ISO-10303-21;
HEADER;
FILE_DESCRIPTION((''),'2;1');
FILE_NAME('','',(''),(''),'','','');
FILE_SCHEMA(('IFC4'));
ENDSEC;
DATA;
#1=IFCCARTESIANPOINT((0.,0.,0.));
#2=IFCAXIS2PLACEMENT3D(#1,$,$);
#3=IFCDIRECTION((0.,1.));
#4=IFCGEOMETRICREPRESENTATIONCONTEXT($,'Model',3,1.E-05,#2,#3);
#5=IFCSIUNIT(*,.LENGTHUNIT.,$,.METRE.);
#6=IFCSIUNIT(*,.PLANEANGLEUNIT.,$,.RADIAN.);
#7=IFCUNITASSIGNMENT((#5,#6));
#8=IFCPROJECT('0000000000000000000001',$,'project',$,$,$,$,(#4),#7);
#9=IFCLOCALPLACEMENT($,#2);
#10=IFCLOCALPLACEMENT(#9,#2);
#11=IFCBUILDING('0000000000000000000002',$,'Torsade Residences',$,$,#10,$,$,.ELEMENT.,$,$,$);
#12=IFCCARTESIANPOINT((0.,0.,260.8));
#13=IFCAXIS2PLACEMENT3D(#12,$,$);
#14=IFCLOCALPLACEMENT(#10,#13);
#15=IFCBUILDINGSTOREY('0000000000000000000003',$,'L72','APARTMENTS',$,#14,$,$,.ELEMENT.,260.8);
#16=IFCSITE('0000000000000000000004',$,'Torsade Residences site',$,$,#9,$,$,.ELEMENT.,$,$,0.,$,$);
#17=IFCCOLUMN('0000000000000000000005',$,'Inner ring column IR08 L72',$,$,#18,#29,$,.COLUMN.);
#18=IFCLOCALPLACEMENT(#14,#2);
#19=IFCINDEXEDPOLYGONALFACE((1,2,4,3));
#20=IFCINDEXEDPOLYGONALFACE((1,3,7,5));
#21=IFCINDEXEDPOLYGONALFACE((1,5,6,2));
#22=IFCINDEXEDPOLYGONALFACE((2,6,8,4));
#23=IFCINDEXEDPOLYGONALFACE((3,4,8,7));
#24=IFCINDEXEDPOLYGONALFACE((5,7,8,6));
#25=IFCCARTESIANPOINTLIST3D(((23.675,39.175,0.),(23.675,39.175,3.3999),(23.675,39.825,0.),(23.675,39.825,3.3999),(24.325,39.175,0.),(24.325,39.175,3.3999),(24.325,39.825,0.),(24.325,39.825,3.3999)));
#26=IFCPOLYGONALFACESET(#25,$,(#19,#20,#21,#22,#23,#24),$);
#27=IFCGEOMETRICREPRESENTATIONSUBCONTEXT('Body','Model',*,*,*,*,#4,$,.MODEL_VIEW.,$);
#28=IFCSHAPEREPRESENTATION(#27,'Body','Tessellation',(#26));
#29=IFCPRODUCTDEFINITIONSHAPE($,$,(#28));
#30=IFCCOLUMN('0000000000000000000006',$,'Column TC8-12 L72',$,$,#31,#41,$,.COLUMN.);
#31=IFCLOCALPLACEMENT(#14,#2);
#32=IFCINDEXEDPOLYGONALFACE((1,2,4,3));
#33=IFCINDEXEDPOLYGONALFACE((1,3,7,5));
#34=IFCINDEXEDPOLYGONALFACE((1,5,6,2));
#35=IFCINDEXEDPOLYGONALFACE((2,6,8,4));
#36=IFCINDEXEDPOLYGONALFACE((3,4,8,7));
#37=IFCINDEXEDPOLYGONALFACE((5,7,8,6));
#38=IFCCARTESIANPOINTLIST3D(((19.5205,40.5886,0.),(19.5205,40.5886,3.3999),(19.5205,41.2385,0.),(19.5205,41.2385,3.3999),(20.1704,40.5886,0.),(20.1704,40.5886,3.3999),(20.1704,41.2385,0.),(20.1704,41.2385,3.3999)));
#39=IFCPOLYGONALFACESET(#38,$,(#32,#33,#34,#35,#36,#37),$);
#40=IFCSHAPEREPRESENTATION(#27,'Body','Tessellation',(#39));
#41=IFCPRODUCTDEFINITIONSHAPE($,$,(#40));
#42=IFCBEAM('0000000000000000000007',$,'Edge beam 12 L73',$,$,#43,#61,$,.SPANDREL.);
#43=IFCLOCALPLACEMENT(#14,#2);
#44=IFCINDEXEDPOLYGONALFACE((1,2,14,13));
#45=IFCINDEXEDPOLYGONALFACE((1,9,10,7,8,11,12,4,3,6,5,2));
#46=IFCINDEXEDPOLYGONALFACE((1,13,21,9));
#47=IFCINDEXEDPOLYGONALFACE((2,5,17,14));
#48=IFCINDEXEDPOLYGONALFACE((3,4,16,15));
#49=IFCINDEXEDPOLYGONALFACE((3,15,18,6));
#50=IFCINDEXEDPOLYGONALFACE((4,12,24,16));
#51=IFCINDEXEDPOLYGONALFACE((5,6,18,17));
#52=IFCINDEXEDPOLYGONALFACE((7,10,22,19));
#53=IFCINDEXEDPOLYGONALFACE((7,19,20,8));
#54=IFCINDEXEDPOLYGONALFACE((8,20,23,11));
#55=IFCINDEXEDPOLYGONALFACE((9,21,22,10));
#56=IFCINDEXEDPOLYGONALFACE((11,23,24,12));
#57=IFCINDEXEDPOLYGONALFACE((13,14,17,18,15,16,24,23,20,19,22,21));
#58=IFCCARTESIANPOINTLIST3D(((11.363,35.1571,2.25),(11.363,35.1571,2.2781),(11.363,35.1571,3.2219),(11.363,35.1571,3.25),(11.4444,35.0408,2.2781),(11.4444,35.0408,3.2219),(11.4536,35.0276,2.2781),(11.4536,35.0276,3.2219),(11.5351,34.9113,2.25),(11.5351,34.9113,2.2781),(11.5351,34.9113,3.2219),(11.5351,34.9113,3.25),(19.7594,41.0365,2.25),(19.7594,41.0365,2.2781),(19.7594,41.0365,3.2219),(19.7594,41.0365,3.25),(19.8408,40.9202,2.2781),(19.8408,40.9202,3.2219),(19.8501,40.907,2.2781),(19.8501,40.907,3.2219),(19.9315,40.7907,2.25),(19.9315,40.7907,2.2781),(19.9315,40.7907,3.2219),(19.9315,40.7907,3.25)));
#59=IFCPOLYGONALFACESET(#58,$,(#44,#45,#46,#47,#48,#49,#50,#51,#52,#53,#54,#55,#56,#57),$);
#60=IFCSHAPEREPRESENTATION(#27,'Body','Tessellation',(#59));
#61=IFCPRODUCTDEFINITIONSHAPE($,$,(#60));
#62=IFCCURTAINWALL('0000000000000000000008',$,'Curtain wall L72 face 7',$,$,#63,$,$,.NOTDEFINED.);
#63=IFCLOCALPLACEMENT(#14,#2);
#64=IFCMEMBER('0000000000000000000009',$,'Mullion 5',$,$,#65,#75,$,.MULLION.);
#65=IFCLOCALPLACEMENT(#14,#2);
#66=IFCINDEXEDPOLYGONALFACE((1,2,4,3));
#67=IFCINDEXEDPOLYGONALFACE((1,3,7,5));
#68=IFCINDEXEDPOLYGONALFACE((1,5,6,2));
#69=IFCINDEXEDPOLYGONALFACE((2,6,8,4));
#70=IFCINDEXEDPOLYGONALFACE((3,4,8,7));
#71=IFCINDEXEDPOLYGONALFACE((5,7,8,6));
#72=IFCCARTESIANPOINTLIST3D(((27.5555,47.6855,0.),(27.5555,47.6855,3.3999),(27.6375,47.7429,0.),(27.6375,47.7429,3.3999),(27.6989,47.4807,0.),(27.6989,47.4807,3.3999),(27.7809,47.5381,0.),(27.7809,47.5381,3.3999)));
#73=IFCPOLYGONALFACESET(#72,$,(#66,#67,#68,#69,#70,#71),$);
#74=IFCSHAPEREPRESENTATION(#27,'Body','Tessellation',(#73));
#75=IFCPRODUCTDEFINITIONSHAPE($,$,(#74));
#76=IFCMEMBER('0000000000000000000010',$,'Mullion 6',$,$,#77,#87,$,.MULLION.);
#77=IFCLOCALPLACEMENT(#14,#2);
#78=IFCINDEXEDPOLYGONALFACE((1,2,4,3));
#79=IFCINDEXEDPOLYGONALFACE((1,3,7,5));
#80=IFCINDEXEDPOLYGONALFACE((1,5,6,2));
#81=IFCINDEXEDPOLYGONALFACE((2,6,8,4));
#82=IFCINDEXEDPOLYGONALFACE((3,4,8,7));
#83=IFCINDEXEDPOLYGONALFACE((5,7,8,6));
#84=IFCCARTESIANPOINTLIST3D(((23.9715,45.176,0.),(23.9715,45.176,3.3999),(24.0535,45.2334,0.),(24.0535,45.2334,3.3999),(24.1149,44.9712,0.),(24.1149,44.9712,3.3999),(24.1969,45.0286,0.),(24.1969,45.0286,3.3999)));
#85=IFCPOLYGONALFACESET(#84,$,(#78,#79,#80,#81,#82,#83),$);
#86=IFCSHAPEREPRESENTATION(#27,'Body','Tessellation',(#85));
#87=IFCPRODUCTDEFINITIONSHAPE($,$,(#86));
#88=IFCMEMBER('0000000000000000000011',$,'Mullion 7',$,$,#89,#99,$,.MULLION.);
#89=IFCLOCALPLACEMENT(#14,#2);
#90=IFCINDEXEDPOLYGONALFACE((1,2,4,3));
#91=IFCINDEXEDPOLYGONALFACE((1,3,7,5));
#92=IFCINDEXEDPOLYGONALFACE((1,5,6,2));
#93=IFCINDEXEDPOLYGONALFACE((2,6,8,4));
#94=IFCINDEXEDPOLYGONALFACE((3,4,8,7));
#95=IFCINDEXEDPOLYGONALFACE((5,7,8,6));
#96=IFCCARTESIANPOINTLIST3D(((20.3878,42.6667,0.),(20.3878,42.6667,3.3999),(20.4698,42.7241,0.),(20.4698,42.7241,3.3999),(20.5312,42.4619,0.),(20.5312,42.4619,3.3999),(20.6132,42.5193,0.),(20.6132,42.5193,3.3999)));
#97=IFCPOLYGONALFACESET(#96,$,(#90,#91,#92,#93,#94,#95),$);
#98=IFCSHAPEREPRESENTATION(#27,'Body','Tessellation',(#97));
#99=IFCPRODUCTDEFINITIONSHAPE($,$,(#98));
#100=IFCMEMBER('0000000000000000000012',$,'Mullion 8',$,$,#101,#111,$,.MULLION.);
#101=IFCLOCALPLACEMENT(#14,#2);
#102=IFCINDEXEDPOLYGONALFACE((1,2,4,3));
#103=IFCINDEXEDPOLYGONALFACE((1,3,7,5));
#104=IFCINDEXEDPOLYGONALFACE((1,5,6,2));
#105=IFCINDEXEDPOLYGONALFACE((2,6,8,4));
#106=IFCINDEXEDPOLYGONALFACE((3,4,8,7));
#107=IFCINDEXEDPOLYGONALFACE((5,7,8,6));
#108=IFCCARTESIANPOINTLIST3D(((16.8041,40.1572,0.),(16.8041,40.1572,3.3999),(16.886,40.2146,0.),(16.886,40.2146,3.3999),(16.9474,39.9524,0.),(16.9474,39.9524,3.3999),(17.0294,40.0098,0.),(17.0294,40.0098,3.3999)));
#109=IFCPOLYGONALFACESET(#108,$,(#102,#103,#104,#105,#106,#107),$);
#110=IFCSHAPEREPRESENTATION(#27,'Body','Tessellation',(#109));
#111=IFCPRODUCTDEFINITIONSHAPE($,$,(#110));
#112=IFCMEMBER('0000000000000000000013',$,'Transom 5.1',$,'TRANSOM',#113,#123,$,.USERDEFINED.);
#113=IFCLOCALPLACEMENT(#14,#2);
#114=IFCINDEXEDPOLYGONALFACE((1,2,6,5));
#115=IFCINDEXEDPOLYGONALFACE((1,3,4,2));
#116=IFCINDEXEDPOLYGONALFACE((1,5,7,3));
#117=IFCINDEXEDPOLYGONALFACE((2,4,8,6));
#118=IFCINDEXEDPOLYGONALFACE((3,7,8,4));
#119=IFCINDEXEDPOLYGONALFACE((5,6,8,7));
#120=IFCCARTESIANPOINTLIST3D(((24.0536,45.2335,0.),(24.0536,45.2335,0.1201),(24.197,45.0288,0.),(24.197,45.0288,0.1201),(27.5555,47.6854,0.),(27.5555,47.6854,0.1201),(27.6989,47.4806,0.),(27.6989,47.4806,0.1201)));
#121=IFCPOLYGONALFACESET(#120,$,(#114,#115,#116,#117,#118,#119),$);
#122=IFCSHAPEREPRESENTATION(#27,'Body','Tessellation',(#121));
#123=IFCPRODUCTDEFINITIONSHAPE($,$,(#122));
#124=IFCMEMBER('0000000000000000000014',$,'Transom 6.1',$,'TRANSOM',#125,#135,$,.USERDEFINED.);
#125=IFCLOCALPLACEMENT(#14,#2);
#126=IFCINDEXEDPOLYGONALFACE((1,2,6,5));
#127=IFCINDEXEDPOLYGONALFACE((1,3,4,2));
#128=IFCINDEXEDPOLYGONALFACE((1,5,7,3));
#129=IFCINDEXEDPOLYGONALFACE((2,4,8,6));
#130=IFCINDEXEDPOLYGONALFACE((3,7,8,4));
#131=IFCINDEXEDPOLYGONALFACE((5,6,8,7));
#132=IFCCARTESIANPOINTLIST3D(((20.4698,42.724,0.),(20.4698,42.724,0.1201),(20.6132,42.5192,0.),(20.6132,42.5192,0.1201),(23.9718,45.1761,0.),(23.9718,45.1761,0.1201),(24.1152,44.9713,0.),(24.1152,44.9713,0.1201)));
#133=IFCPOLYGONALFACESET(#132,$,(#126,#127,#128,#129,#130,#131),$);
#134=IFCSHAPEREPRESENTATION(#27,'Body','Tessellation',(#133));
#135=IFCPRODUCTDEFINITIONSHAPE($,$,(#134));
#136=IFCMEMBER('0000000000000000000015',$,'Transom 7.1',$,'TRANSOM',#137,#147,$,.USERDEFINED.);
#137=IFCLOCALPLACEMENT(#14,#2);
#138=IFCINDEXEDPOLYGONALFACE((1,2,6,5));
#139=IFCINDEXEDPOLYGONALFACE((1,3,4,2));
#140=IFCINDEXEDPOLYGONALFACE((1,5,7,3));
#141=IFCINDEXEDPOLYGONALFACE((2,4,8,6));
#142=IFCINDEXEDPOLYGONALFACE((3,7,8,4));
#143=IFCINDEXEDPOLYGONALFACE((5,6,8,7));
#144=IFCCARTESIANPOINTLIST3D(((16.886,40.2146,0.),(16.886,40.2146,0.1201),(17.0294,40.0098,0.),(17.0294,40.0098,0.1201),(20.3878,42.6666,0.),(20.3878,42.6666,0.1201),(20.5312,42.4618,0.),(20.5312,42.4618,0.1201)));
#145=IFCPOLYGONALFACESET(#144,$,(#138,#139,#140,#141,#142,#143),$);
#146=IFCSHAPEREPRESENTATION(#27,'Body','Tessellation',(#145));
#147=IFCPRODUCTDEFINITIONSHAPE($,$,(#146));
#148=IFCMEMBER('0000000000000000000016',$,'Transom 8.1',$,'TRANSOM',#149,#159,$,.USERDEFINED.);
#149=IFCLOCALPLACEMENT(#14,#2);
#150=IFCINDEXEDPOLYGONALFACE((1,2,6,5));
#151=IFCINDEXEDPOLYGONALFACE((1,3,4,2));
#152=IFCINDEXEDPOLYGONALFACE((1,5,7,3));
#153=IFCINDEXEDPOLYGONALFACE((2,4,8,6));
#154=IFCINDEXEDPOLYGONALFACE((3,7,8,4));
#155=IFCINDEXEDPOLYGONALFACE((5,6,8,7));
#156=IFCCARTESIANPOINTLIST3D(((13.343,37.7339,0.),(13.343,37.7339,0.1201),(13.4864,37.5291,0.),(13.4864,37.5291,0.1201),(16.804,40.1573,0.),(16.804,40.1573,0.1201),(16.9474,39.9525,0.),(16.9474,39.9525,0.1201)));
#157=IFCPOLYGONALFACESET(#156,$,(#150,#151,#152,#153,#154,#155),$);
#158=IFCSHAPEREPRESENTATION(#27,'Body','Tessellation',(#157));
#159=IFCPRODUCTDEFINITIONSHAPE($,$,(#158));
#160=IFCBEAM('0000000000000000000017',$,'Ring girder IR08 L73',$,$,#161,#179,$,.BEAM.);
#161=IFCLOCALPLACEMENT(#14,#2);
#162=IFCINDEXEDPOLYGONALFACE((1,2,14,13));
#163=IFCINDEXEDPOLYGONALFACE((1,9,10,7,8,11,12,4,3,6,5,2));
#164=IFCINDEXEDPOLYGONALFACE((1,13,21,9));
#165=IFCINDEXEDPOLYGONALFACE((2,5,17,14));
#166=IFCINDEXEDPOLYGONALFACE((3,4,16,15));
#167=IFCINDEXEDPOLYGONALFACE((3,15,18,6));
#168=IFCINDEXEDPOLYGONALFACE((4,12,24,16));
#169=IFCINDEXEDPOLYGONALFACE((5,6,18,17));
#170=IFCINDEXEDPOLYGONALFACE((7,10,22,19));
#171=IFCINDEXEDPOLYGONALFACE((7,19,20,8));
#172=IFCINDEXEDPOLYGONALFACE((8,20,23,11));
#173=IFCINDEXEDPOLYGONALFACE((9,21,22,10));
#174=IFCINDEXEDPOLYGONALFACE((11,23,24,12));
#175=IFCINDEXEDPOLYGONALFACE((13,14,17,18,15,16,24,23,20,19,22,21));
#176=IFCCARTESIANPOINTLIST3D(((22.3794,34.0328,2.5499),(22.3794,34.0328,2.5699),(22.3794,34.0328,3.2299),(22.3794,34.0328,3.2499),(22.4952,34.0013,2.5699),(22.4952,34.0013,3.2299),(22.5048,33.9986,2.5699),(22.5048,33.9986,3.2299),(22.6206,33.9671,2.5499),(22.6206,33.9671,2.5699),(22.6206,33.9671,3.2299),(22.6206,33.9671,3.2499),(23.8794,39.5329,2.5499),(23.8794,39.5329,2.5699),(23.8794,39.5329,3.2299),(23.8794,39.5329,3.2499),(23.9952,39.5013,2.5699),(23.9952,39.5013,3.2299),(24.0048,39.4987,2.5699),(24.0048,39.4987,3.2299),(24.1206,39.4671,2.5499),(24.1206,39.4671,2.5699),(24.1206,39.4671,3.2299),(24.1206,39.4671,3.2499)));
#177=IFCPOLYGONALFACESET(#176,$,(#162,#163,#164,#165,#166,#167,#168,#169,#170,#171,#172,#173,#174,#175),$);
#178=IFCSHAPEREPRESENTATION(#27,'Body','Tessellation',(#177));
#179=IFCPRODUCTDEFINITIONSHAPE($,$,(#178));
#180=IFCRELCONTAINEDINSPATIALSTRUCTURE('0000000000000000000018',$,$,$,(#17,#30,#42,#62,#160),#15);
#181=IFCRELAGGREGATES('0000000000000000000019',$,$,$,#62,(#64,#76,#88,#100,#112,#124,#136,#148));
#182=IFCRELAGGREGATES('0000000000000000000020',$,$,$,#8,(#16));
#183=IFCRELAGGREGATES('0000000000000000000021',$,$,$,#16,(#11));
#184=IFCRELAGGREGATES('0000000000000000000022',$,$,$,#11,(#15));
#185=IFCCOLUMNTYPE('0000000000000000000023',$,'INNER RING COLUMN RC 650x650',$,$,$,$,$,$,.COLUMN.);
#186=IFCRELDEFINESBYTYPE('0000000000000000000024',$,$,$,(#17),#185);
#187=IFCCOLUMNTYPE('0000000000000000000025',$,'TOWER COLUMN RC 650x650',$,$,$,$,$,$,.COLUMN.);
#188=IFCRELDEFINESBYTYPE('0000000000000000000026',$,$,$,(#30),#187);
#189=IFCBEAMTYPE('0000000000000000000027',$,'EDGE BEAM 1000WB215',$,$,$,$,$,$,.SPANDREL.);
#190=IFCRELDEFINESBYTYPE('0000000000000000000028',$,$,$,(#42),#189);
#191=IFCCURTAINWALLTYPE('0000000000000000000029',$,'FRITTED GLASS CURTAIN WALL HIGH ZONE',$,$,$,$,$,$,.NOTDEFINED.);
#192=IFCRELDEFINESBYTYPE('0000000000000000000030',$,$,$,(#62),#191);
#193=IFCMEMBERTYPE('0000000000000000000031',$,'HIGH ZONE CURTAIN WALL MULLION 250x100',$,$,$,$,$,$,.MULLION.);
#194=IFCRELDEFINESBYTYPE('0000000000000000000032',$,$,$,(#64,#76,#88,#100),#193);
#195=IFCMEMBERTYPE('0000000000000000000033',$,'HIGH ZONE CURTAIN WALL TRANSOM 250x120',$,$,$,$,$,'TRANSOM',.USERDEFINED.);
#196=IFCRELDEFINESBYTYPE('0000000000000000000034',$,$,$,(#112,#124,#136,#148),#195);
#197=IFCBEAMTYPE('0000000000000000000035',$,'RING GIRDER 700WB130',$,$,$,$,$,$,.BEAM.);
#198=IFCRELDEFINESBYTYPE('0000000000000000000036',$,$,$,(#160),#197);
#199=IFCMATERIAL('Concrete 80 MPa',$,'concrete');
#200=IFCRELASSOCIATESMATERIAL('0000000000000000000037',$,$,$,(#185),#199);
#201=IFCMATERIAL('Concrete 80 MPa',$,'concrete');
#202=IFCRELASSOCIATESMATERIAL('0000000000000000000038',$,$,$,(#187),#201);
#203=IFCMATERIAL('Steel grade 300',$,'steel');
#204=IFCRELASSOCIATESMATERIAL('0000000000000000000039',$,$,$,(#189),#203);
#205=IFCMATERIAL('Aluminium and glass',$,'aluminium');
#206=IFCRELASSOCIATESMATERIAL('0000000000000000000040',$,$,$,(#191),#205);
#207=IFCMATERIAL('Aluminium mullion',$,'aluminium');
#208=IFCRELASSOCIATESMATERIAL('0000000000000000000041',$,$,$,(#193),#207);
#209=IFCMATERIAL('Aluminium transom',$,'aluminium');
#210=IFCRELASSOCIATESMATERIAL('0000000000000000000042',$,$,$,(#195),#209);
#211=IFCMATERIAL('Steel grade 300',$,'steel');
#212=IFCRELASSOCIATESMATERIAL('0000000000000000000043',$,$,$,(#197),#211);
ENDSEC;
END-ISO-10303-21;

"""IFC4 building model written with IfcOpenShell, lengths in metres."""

from ifc_helpers import new_model, si_unit, direction, frame, origin, origin_2d, place, context, subcontext, project, spatial, rectangle, i_section, extrude, material, material_profile, profile_set, type_object, element, aggregate, save


model = new_model("IFC4")

# Units and contexts
model_context = context("Model", 3, precision=1e-05, world=origin(), true_north=direction((0.0, 1.0)))
body_context = subcontext(model_context, "Body", "Model", "MODEL_VIEW")
ifc_project = project(units=[si_unit("LENGTHUNIT", "METRE"), si_unit("PLANEANGLEUNIT", "RADIAN")], contexts=[model_context])

# Site, building, storey
site_placement = place(None, origin())
site = spatial("IfcSite", under=ifc_project, at=site_placement, Name="Torsade Residences site", CompositionType="ELEMENT", RefElevation=0.0)
building_placement = place(site_placement, origin())
building = spatial("IfcBuilding", under=site, at=building_placement, Name="Torsade Residences", CompositionType="ELEMENT")
storey_placement = place(building_placement, frame((0.0, 0.0, 260.8)))
storey = spatial("IfcBuildingStorey", under=building, at=storey_placement, Name="L72", Description="APARTMENTS", CompositionType="ELEMENT", Elevation=260.8)

# Columns
ifc_material_1 = material(Name="Concrete 80 MPa", Category="concrete")
ifc_material_profile_1 = material_profile(ifc_material_1, rectangle(XDim=0.6499, YDim=0.6499, at=origin_2d()), Name="RC 650x650")
ifc_profile_set_1 = profile_set([ifc_material_profile_1], Name="Concrete 80 MPa")
column_type_1 = type_object("IfcColumnType", Name="INNER RING COLUMN RC 650x650", PredefinedType="COLUMN", material=ifc_profile_set_1)
column_1_placement = place(storey_placement, frame((24.0, 39.5, 0.0), z_axis=(0.0, 0.0, 1.0), x_axis=(1.0, 0.0, 0.0)))
element("IfcColumn", 1, at=column_1_placement, inside=storey, type_object=column_type_1, Name="Inner ring column IR08 L72", PredefinedType="COLUMN", context=body_context, shape_type="SweptSolid", body=[
    extrude(rectangle(XDim=0.6499, YDim=0.6499, at=origin_2d()), origin(), (0.0, 0.0, 1.0), 3.3999),
])
ifc_material_2 = material(Name="Concrete 80 MPa", Category="concrete")
ifc_material_profile_2 = material_profile(ifc_material_2, rectangle(XDim=0.6499, YDim=0.6499, at=origin_2d()), Name="RC 650x650")
ifc_profile_set_2 = profile_set([ifc_material_profile_2], Name="Concrete 80 MPa")
column_type_2 = type_object("IfcColumnType", Name="TOWER COLUMN RC 650x650", PredefinedType="COLUMN", material=ifc_profile_set_2)
column_2_placement = place(storey_placement, frame((19.8455, 40.9136, 0.0), z_axis=(0.0, 0.0, 1.0), x_axis=(1.0, 0.0, 0.0)))
element("IfcColumn", 2, at=column_2_placement, inside=storey, type_object=column_type_2, Name="Column TC8-12 L72", PredefinedType="COLUMN", context=body_context, shape_type="SweptSolid", body=[
    extrude(rectangle(XDim=0.6499, YDim=0.6499, at=origin_2d()), origin(), (0.0, 0.0, 1.0), 3.3999),
])

# Beam
ifc_material_3 = material(Name="Steel grade 300", Category="steel")
ifc_material_profile_3 = material_profile(ifc_material_3, i_section(OverallWidth=0.3, OverallDepth=1.0, WebThickness=0.0161, FlangeThickness=0.0281, at=origin_2d()), Name="1000WB215")
ifc_profile_set_3 = profile_set([ifc_material_profile_3], Name="Steel grade 300")
beam_type_1 = type_object("IfcBeamType", Name="EDGE BEAM 1000WB215", PredefinedType="SPANDREL", material=ifc_profile_set_3)
beam_1_placement = place(storey_placement, frame((19.8455, 40.9136, 2.75), z_axis=(-0.819147, -0.573584, 0.0), x_axis=(0.573584, -0.819147, 0.0)))
element("IfcBeam", 3, at=beam_1_placement, inside=storey, type_object=beam_type_1, Name="Edge beam 12 L73", PredefinedType="SPANDREL", context=body_context, shape_type="SweptSolid", body=[
    extrude(i_section(OverallWidth=0.3, OverallDepth=1.0, WebThickness=0.0161, FlangeThickness=0.0281, at=origin_2d()), origin(), (0.0, 0.0, 1.0), 10.2502),
])

# Curtain wall, members
ifc_material_4 = material(Name="Aluminium and glass", Category="aluminium")
curtain_wall_type = type_object("IfcCurtainWallType", Name="FRITTED GLASS CURTAIN WALL HIGH ZONE", PredefinedType="NOTDEFINED", material=ifc_material_4)
curtain_wall_placement = place(storey_placement, origin())
curtain_wall = element("IfcCurtainWall", 4, at=curtain_wall_placement, inside=storey, type_object=curtain_wall_type, Name="Curtain wall L72 face 7", PredefinedType="NOTDEFINED")
ifc_material_5 = material(Name="Aluminium mullion", Category="aluminium")
ifc_material_profile_4 = material_profile(ifc_material_5, rectangle(XDim=0.25, YDim=0.1001, at=origin_2d()), Name="HIGH ZONE CURTAIN WALL MULLION 250x100")
ifc_profile_set_4 = profile_set([ifc_material_profile_4], Name="Aluminium mullion")
member_type_1 = type_object("IfcMemberType", Name="HIGH ZONE CURTAIN WALL MULLION 250x100", PredefinedType="MULLION", material=ifc_profile_set_4)
member_1_placement = place(storey_placement, frame((27.6682, 47.6118, 0.0), z_axis=(0.0, 0.0, 1.0), x_axis=(0.573576, -0.819152, 0.0)))
member_1 = element("IfcMember", 5, at=member_1_placement, type_object=member_type_1, Name="Mullion 5", PredefinedType="MULLION", context=body_context, shape_type="SweptSolid", body=[
    extrude(rectangle(XDim=0.25, YDim=0.1001, at=origin_2d()), origin(), (0.0, 0.0, 1.0), 3.3999),
])
member_2_placement = place(storey_placement, frame((24.0842, 45.1023, 0.0), z_axis=(0.0, 0.0, 1.0), x_axis=(0.573576, -0.819152, 0.0)))
member_2 = element("IfcMember", 6, at=member_2_placement, type_object=member_type_1, Name="Mullion 6", PredefinedType="MULLION", context=body_context, shape_type="SweptSolid", body=[
    extrude(rectangle(XDim=0.25, YDim=0.1001, at=origin_2d()), origin(), (0.0, 0.0, 1.0), 3.3999),
])
member_3_placement = place(storey_placement, frame((20.5005, 42.593, 0.0), z_axis=(0.0, 0.0, 1.0), x_axis=(0.573576, -0.819152, 0.0)))
member_3 = element("IfcMember", 7, at=member_3_placement, type_object=member_type_1, Name="Mullion 7", PredefinedType="MULLION", context=body_context, shape_type="SweptSolid", body=[
    extrude(rectangle(XDim=0.25, YDim=0.1001, at=origin_2d()), origin(), (0.0, 0.0, 1.0), 3.3999),
])
member_4_placement = place(storey_placement, frame((16.9167, 40.0835, 0.0), z_axis=(0.0, 0.0, 1.0), x_axis=(0.573576, -0.819152, 0.0)))
member_4 = element("IfcMember", 8, at=member_4_placement, type_object=member_type_1, Name="Mullion 8", PredefinedType="MULLION", context=body_context, shape_type="SweptSolid", body=[
    extrude(rectangle(XDim=0.25, YDim=0.1001, at=origin_2d()), origin(), (0.0, 0.0, 1.0), 3.3999),
])
ifc_material_6 = material(Name="Aluminium transom", Category="aluminium")
ifc_material_profile_5 = material_profile(ifc_material_6, rectangle(XDim=0.25, YDim=0.1201, at=origin_2d()), Name="HIGH ZONE CURTAIN WALL TRANSOM 250x120")
ifc_profile_set_5 = profile_set([ifc_material_profile_5], Name="Aluminium transom")
member_type_2 = type_object("IfcMemberType", Name="HIGH ZONE CURTAIN WALL TRANSOM 250x120", ElementType="TRANSOM", PredefinedType="USERDEFINED", material=ifc_profile_set_5)
member_5_placement = place(storey_placement, frame((27.6272, 47.583, 0.0601), z_axis=(-0.819173, -0.573547, 0.0), x_axis=(0.573547, -0.819173, 0.0)))
member_5 = element("IfcMember", 9, at=member_5_placement, type_object=member_type_2, Name="Transom 5.1", ObjectType="TRANSOM", PredefinedType="USERDEFINED", context=body_context, shape_type="SweptSolid", body=[
    extrude(rectangle(XDim=0.25, YDim=0.1201, at=origin_2d()), origin(), (0.0, 0.0, 1.0), 4.2749),
])
member_6_placement = place(storey_placement, frame((24.0435, 45.0737, 0.0601), z_axis=(-0.819146, -0.573585, 0.0), x_axis=(0.573585, -0.819146, 0.0)))
member_6 = element("IfcMember", 10, at=member_6_placement, type_object=member_type_2, Name="Transom 6.1", ObjectType="TRANSOM", PredefinedType="USERDEFINED", context=body_context, shape_type="SweptSolid", body=[
    extrude(rectangle(XDim=0.25, YDim=0.1201, at=origin_2d()), origin(), (0.0, 0.0, 1.0), 4.2751),
])
member_7_placement = place(storey_placement, frame((20.4595, 42.5642, 0.0601), z_axis=(-0.819154, -0.573573, 0.0), x_axis=(0.573573, -0.819154, 0.0)))
member_7 = element("IfcMember", 11, at=member_7_placement, type_object=member_type_2, Name="Transom 7.1", ObjectType="TRANSOM", PredefinedType="USERDEFINED", context=body_context, shape_type="SweptSolid", body=[
    extrude(rectangle(XDim=0.25, YDim=0.1201, at=origin_2d()), origin(), (0.0, 0.0, 1.0), 4.2749),
])
member_8_placement = place(storey_placement, frame((16.8757, 40.0549, 0.0601), z_axis=(-0.819156, -0.573571, 0.0), x_axis=(0.573571, -0.819156, 0.0)))
member_8 = element("IfcMember", 12, at=member_8_placement, type_object=member_type_2, Name="Transom 8.1", ObjectType="TRANSOM", PredefinedType="USERDEFINED", context=body_context, shape_type="SweptSolid", body=[
    extrude(rectangle(XDim=0.25, YDim=0.1201, at=origin_2d()), origin(), (0.0, 0.0, 1.0), 4.2251),
])

# Beam
ifc_material_7 = material(Name="Steel grade 300", Category="steel")
ifc_material_profile_6 = material_profile(ifc_material_7, i_section(OverallWidth=0.25, OverallDepth=0.7, WebThickness=0.01, FlangeThickness=0.02, at=origin_2d()), Name="700WB130")
ifc_profile_set_6 = profile_set([ifc_material_profile_6], Name="Steel grade 300")
beam_type_2 = type_object("IfcBeamType", Name="RING GIRDER 700WB130", PredefinedType="BEAM", material=ifc_profile_set_6)
beam_2_placement = place(storey_placement, frame((24.0, 39.5, 2.8999), z_axis=(-0.263117, -0.964764, 0.0), x_axis=(0.964764, -0.263117, 0.0)))
element("IfcBeam", 13, at=beam_2_placement, inside=storey, type_object=beam_type_2, Name="Ring girder IR08 L73", PredefinedType="BEAM", context=body_context, shape_type="SweptSolid", body=[
    extrude(i_section(OverallWidth=0.25, OverallDepth=0.7, WebThickness=0.01, FlangeThickness=0.02, at=origin_2d()), origin(), (0.0, 0.0, 1.0), 5.7009),
])

aggregate(curtain_wall, [member_1, member_2, member_3, member_4, member_5, member_6, member_7, member_8])

save(model, "model.ifc")
